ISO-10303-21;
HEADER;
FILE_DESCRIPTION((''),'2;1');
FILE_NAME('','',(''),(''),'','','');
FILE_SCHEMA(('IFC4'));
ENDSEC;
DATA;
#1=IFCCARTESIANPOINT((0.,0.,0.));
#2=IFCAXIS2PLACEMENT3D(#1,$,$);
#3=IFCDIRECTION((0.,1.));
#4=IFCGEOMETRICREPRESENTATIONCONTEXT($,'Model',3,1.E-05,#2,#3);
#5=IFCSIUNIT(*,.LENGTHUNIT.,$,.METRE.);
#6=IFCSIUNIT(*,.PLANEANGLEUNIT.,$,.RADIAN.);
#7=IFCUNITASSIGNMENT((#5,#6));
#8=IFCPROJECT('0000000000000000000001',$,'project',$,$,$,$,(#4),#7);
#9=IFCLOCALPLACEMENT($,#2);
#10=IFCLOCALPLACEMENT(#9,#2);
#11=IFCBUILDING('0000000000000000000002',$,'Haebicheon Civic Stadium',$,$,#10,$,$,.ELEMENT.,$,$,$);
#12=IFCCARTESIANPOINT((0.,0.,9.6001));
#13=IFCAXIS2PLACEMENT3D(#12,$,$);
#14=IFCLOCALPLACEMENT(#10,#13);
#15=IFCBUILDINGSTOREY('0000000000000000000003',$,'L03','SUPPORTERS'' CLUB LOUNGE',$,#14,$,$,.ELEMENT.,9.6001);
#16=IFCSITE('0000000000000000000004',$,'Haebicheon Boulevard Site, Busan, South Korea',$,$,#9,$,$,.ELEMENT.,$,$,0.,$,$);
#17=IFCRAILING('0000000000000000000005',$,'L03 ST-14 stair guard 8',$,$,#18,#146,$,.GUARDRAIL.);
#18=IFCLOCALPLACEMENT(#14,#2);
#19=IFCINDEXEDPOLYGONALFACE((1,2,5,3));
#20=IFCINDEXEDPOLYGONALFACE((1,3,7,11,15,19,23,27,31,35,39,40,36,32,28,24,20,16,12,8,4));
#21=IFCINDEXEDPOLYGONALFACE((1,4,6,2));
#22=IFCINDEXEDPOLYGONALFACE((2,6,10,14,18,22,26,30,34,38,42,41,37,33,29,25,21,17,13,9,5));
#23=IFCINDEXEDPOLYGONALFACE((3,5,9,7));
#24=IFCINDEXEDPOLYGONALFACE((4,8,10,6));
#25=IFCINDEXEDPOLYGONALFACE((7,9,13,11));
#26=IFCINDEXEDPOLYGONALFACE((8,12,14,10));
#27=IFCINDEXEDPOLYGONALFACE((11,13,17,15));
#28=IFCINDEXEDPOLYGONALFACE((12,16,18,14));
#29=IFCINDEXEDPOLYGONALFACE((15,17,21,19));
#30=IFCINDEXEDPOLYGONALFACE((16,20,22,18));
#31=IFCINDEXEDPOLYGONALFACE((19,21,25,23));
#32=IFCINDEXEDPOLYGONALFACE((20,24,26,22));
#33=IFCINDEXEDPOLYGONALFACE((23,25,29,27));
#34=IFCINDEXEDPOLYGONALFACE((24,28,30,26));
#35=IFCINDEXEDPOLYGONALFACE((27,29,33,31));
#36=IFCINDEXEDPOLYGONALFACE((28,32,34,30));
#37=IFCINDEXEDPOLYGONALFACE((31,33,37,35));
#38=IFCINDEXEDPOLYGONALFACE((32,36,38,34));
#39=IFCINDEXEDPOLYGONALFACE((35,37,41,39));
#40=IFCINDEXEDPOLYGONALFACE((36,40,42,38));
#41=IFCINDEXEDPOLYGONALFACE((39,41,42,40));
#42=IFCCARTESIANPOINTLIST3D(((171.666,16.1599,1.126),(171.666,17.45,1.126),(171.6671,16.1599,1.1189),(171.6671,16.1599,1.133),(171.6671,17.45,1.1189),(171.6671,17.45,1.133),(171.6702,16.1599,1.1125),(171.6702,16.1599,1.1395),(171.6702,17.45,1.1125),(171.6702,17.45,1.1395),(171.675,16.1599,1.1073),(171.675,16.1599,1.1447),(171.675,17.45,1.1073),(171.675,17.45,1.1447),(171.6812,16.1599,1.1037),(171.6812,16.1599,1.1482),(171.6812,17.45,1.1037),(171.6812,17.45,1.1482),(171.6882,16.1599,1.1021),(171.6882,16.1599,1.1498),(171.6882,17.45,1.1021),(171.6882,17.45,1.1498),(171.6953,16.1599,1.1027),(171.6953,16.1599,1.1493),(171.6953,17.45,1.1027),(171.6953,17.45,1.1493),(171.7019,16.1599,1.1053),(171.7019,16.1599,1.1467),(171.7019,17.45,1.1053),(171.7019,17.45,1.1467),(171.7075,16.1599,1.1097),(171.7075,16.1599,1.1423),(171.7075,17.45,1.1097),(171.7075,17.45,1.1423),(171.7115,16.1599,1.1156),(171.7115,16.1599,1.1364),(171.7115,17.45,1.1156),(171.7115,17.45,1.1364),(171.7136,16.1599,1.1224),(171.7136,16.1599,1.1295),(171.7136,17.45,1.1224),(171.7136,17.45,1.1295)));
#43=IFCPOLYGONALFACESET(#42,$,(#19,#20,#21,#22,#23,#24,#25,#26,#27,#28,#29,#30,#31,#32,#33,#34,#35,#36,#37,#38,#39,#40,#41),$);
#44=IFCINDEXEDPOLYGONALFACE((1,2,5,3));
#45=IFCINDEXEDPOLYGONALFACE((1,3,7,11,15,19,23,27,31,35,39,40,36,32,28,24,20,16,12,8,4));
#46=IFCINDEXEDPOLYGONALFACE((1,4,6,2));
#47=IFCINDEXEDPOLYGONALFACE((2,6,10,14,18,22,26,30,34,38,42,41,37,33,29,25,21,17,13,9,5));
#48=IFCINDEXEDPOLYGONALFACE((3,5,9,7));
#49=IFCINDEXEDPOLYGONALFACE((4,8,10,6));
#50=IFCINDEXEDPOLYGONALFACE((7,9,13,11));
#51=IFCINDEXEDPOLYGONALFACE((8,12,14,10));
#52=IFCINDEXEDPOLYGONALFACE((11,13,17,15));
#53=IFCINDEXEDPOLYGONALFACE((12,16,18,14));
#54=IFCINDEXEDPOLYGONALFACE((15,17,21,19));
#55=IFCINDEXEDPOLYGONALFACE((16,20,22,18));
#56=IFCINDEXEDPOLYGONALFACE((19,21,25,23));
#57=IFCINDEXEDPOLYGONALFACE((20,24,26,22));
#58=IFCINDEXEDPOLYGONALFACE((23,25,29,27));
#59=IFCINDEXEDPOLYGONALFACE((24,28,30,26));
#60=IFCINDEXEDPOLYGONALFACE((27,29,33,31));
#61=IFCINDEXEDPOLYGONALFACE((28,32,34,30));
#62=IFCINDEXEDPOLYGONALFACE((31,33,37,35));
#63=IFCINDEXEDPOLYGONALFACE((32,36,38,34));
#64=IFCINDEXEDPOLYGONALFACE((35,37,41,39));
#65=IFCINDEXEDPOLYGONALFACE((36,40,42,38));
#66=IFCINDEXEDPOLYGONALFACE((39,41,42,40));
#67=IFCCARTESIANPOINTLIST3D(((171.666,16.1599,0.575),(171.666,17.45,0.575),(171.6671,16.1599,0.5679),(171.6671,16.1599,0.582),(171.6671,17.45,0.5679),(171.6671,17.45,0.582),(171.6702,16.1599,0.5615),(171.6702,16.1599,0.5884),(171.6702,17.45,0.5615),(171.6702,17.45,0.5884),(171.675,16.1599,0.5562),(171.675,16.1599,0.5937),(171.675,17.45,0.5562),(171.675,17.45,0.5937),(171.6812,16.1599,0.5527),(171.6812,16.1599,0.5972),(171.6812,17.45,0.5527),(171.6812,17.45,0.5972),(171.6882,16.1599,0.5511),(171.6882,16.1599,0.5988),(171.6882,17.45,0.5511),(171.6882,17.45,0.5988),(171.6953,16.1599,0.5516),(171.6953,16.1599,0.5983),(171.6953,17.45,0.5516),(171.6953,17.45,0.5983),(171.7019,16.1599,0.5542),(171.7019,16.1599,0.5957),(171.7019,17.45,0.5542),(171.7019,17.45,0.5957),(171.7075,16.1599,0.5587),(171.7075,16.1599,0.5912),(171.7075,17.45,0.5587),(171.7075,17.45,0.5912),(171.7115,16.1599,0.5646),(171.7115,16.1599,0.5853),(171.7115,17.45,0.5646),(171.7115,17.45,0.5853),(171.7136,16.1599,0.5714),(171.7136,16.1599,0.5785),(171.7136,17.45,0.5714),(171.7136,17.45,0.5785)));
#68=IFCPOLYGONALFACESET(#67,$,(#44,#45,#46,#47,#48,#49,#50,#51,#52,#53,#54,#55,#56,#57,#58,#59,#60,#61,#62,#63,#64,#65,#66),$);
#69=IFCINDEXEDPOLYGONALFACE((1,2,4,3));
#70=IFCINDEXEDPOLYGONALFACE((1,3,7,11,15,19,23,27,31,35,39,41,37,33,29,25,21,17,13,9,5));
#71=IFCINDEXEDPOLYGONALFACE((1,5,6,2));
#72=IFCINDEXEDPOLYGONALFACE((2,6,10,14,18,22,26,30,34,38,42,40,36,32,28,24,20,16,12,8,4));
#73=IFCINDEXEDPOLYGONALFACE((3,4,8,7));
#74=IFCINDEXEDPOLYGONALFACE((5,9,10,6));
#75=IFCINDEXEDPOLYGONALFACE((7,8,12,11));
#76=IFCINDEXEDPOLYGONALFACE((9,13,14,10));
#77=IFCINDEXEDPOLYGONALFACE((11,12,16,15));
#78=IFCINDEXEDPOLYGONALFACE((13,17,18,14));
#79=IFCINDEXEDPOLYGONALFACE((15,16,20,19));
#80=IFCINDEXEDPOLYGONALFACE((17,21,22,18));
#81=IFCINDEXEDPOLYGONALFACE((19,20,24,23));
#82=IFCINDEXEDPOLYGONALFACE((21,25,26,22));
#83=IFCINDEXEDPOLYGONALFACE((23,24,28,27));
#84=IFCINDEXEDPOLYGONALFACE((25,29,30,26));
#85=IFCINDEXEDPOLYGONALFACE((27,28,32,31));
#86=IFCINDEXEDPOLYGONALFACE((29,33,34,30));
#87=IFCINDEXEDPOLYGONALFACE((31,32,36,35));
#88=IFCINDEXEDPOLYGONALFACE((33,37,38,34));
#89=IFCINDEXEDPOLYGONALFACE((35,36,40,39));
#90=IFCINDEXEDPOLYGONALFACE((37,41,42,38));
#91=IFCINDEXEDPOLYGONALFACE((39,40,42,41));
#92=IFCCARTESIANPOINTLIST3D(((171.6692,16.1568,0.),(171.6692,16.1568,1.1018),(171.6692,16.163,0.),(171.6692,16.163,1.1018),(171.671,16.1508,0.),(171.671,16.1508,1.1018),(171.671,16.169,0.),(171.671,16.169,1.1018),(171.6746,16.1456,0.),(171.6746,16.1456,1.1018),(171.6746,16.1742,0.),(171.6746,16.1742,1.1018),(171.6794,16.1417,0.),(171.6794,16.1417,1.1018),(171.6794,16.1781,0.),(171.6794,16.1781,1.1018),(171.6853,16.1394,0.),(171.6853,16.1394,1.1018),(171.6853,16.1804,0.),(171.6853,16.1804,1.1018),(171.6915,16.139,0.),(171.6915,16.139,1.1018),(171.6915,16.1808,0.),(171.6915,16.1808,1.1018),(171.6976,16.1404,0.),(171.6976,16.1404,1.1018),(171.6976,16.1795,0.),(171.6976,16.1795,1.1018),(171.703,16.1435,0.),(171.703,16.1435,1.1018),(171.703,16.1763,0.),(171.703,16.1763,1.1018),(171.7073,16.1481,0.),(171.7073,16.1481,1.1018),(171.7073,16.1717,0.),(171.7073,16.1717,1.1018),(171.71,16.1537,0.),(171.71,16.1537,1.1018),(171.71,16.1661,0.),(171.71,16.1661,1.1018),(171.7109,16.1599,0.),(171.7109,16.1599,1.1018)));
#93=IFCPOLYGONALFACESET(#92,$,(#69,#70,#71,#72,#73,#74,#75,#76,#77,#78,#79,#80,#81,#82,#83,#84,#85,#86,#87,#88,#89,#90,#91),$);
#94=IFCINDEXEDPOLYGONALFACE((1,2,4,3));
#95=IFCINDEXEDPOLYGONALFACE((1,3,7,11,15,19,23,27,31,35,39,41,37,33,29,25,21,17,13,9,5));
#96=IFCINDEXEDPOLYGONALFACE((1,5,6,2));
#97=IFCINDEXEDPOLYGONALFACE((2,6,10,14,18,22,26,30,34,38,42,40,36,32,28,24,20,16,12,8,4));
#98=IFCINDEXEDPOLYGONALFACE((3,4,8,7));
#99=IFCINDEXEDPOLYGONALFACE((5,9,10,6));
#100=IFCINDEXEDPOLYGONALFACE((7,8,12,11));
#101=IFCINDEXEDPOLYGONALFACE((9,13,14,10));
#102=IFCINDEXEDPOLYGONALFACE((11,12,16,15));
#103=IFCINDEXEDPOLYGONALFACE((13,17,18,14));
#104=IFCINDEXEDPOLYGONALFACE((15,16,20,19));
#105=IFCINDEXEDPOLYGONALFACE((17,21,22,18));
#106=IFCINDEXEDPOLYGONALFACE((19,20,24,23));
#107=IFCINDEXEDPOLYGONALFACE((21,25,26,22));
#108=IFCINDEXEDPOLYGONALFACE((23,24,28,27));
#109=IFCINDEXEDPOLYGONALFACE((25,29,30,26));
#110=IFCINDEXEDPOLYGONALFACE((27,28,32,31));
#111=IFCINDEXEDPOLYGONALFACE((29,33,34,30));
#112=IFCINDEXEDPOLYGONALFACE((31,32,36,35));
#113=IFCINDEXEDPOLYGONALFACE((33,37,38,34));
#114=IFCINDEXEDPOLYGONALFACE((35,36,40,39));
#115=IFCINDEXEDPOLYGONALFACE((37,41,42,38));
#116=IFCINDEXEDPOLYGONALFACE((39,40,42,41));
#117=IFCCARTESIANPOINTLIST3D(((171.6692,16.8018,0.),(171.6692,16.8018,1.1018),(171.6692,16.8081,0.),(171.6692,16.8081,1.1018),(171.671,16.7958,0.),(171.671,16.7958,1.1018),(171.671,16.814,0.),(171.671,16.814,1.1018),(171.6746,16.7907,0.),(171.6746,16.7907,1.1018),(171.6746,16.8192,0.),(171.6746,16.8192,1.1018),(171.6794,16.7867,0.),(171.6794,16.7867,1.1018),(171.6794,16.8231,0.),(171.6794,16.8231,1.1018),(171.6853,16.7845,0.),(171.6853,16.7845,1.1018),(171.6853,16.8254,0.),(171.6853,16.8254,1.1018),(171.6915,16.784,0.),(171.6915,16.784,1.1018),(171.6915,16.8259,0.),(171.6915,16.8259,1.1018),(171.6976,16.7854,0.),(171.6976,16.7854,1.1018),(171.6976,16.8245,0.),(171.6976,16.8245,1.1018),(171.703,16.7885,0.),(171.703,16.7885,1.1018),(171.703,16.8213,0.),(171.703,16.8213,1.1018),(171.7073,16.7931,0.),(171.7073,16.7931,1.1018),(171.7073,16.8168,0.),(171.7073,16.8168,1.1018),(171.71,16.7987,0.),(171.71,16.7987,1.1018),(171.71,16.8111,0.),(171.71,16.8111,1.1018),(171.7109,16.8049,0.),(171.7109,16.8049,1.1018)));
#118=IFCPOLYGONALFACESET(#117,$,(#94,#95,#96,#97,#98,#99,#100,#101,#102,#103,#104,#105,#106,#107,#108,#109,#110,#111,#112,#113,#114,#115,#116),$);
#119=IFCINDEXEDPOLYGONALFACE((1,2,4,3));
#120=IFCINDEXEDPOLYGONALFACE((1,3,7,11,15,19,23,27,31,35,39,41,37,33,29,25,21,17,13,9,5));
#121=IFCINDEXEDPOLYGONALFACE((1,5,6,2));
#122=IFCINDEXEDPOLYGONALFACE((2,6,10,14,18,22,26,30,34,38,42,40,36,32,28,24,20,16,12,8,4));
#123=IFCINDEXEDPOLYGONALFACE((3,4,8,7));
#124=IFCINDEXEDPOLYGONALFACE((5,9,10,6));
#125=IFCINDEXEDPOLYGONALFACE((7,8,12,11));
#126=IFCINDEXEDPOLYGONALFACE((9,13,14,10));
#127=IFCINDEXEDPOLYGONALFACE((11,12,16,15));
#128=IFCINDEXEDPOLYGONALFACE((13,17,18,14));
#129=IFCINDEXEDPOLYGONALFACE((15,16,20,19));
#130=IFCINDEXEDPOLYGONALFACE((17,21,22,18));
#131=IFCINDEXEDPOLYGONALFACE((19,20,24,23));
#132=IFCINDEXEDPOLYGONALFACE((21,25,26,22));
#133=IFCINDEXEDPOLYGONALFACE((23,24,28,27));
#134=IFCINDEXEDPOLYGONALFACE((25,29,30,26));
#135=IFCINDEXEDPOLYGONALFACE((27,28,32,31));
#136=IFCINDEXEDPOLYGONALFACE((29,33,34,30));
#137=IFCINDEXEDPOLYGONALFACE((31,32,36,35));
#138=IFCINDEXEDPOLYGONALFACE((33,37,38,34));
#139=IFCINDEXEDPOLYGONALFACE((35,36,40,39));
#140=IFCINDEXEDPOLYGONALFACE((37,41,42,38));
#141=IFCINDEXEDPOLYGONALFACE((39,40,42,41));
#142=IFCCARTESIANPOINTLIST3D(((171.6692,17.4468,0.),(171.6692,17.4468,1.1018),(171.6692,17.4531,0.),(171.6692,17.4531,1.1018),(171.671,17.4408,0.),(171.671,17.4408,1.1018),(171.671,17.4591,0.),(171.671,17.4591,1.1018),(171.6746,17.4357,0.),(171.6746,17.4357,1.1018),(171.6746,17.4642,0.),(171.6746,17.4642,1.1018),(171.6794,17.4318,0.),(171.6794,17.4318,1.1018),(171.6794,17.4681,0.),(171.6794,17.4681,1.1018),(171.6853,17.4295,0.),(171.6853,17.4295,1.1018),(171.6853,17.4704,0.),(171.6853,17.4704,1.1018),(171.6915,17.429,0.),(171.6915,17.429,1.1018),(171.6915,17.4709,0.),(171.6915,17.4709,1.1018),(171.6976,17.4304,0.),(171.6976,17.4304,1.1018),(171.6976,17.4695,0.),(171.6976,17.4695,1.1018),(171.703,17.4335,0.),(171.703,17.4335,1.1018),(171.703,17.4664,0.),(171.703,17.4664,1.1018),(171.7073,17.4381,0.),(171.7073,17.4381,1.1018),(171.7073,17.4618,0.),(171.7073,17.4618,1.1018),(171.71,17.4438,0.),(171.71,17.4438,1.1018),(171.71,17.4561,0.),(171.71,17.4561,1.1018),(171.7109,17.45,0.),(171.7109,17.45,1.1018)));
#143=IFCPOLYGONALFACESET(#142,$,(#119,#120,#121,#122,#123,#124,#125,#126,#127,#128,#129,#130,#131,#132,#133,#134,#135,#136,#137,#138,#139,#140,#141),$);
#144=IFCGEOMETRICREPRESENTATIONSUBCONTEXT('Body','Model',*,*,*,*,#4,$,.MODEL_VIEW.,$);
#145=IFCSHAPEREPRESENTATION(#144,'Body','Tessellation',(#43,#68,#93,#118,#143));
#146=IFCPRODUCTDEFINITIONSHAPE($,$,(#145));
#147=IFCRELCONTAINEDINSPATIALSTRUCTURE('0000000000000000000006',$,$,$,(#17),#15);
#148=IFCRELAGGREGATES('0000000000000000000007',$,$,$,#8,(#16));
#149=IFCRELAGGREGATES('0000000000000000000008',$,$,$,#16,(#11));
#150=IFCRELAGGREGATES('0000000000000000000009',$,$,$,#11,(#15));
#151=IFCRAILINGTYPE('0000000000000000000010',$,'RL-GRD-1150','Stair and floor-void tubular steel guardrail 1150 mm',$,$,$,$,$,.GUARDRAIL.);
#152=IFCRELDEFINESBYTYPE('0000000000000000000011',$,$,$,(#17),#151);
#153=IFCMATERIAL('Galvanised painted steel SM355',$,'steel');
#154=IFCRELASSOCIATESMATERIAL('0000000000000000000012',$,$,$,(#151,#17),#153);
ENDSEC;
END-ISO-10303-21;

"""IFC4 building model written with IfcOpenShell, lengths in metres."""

from ifc_helpers import new_model, si_unit, direction, frame, origin, origin_2d, place, context, subcontext, project, spatial, circle, extrude, material, type_object, element, save


model = new_model("IFC4")

# Units and contexts
model_context = context("Model", 3, precision=1e-05, world=origin(), true_north=direction((0.0, 1.0)))
body_context = subcontext(model_context, "Body", "Model", "MODEL_VIEW")
ifc_project = project(units=[si_unit("LENGTHUNIT", "METRE"), si_unit("PLANEANGLEUNIT", "RADIAN")], contexts=[model_context])

# Site, building, storey
site_placement = place(None, origin())
site = spatial("IfcSite", under=ifc_project, at=site_placement, Name="Haebicheon Boulevard Site, Busan, South Korea", CompositionType="ELEMENT", RefElevation=0.0)
building_placement = place(site_placement, origin())
building = spatial("IfcBuilding", under=site, at=building_placement, Name="Haebicheon Civic Stadium", CompositionType="ELEMENT")
storey_placement = place(building_placement, frame((0.0, 0.0, 9.6001)))
storey = spatial("IfcBuildingStorey", under=building, at=storey_placement, Name="L03", Description="SUPPORTERS' CLUB LOUNGE", CompositionType="ELEMENT", Elevation=9.6001)

# Railing
ifc_material_1 = material(Name="Galvanised painted steel SM355", Category="steel")
railing_type_1 = type_object("IfcRailingType", Name="RL-GRD-1150", Description="Stair and floor-void tubular steel guardrail 1150 mm", PredefinedType="GUARDRAIL", material=ifc_material_1)
for number, where, name in (
    (1, (171.6899, 16.1599, 0.0), "L03 ST-14 stair guard 8"),
):
    element("IfcRailing", number, at=place(storey_placement, frame(where)), inside=storey, type_object=railing_type_1, material=ifc_material_1, Name=name, PredefinedType="GUARDRAIL", context=body_context, shape_type="SweptSolid", body=[
        extrude(circle(Radius=0.0239, at=origin_2d()), frame((0.0, 0.0, 1.126), z_axis=(0.0, 1.0, 0.0), x_axis=(-1.0, 0.0, 0.0)), (0.0, 0.0, 1.0), 1.29),
        extrude(circle(Radius=0.0239, at=origin_2d()), frame((0.0, 0.0, 0.575), z_axis=(0.0, 1.0, 0.0), x_axis=(-1.0, 0.0, 0.0)), (0.0, 0.0, 1.0), 1.29),
        extrude(circle(Radius=0.021, at=origin_2d()), origin(), (0.0, 0.0, 1.0), 1.1018),
        extrude(circle(Radius=0.021, at=origin_2d()), frame((0.0, 0.645, 0.0)), (0.0, 0.0, 1.0), 1.1018),
        extrude(circle(Radius=0.021, at=origin_2d()), frame((0.0, 1.29, 0.0)), (0.0, 0.0, 1.0), 1.1018),
    ])

save(model, "model.ifc")
